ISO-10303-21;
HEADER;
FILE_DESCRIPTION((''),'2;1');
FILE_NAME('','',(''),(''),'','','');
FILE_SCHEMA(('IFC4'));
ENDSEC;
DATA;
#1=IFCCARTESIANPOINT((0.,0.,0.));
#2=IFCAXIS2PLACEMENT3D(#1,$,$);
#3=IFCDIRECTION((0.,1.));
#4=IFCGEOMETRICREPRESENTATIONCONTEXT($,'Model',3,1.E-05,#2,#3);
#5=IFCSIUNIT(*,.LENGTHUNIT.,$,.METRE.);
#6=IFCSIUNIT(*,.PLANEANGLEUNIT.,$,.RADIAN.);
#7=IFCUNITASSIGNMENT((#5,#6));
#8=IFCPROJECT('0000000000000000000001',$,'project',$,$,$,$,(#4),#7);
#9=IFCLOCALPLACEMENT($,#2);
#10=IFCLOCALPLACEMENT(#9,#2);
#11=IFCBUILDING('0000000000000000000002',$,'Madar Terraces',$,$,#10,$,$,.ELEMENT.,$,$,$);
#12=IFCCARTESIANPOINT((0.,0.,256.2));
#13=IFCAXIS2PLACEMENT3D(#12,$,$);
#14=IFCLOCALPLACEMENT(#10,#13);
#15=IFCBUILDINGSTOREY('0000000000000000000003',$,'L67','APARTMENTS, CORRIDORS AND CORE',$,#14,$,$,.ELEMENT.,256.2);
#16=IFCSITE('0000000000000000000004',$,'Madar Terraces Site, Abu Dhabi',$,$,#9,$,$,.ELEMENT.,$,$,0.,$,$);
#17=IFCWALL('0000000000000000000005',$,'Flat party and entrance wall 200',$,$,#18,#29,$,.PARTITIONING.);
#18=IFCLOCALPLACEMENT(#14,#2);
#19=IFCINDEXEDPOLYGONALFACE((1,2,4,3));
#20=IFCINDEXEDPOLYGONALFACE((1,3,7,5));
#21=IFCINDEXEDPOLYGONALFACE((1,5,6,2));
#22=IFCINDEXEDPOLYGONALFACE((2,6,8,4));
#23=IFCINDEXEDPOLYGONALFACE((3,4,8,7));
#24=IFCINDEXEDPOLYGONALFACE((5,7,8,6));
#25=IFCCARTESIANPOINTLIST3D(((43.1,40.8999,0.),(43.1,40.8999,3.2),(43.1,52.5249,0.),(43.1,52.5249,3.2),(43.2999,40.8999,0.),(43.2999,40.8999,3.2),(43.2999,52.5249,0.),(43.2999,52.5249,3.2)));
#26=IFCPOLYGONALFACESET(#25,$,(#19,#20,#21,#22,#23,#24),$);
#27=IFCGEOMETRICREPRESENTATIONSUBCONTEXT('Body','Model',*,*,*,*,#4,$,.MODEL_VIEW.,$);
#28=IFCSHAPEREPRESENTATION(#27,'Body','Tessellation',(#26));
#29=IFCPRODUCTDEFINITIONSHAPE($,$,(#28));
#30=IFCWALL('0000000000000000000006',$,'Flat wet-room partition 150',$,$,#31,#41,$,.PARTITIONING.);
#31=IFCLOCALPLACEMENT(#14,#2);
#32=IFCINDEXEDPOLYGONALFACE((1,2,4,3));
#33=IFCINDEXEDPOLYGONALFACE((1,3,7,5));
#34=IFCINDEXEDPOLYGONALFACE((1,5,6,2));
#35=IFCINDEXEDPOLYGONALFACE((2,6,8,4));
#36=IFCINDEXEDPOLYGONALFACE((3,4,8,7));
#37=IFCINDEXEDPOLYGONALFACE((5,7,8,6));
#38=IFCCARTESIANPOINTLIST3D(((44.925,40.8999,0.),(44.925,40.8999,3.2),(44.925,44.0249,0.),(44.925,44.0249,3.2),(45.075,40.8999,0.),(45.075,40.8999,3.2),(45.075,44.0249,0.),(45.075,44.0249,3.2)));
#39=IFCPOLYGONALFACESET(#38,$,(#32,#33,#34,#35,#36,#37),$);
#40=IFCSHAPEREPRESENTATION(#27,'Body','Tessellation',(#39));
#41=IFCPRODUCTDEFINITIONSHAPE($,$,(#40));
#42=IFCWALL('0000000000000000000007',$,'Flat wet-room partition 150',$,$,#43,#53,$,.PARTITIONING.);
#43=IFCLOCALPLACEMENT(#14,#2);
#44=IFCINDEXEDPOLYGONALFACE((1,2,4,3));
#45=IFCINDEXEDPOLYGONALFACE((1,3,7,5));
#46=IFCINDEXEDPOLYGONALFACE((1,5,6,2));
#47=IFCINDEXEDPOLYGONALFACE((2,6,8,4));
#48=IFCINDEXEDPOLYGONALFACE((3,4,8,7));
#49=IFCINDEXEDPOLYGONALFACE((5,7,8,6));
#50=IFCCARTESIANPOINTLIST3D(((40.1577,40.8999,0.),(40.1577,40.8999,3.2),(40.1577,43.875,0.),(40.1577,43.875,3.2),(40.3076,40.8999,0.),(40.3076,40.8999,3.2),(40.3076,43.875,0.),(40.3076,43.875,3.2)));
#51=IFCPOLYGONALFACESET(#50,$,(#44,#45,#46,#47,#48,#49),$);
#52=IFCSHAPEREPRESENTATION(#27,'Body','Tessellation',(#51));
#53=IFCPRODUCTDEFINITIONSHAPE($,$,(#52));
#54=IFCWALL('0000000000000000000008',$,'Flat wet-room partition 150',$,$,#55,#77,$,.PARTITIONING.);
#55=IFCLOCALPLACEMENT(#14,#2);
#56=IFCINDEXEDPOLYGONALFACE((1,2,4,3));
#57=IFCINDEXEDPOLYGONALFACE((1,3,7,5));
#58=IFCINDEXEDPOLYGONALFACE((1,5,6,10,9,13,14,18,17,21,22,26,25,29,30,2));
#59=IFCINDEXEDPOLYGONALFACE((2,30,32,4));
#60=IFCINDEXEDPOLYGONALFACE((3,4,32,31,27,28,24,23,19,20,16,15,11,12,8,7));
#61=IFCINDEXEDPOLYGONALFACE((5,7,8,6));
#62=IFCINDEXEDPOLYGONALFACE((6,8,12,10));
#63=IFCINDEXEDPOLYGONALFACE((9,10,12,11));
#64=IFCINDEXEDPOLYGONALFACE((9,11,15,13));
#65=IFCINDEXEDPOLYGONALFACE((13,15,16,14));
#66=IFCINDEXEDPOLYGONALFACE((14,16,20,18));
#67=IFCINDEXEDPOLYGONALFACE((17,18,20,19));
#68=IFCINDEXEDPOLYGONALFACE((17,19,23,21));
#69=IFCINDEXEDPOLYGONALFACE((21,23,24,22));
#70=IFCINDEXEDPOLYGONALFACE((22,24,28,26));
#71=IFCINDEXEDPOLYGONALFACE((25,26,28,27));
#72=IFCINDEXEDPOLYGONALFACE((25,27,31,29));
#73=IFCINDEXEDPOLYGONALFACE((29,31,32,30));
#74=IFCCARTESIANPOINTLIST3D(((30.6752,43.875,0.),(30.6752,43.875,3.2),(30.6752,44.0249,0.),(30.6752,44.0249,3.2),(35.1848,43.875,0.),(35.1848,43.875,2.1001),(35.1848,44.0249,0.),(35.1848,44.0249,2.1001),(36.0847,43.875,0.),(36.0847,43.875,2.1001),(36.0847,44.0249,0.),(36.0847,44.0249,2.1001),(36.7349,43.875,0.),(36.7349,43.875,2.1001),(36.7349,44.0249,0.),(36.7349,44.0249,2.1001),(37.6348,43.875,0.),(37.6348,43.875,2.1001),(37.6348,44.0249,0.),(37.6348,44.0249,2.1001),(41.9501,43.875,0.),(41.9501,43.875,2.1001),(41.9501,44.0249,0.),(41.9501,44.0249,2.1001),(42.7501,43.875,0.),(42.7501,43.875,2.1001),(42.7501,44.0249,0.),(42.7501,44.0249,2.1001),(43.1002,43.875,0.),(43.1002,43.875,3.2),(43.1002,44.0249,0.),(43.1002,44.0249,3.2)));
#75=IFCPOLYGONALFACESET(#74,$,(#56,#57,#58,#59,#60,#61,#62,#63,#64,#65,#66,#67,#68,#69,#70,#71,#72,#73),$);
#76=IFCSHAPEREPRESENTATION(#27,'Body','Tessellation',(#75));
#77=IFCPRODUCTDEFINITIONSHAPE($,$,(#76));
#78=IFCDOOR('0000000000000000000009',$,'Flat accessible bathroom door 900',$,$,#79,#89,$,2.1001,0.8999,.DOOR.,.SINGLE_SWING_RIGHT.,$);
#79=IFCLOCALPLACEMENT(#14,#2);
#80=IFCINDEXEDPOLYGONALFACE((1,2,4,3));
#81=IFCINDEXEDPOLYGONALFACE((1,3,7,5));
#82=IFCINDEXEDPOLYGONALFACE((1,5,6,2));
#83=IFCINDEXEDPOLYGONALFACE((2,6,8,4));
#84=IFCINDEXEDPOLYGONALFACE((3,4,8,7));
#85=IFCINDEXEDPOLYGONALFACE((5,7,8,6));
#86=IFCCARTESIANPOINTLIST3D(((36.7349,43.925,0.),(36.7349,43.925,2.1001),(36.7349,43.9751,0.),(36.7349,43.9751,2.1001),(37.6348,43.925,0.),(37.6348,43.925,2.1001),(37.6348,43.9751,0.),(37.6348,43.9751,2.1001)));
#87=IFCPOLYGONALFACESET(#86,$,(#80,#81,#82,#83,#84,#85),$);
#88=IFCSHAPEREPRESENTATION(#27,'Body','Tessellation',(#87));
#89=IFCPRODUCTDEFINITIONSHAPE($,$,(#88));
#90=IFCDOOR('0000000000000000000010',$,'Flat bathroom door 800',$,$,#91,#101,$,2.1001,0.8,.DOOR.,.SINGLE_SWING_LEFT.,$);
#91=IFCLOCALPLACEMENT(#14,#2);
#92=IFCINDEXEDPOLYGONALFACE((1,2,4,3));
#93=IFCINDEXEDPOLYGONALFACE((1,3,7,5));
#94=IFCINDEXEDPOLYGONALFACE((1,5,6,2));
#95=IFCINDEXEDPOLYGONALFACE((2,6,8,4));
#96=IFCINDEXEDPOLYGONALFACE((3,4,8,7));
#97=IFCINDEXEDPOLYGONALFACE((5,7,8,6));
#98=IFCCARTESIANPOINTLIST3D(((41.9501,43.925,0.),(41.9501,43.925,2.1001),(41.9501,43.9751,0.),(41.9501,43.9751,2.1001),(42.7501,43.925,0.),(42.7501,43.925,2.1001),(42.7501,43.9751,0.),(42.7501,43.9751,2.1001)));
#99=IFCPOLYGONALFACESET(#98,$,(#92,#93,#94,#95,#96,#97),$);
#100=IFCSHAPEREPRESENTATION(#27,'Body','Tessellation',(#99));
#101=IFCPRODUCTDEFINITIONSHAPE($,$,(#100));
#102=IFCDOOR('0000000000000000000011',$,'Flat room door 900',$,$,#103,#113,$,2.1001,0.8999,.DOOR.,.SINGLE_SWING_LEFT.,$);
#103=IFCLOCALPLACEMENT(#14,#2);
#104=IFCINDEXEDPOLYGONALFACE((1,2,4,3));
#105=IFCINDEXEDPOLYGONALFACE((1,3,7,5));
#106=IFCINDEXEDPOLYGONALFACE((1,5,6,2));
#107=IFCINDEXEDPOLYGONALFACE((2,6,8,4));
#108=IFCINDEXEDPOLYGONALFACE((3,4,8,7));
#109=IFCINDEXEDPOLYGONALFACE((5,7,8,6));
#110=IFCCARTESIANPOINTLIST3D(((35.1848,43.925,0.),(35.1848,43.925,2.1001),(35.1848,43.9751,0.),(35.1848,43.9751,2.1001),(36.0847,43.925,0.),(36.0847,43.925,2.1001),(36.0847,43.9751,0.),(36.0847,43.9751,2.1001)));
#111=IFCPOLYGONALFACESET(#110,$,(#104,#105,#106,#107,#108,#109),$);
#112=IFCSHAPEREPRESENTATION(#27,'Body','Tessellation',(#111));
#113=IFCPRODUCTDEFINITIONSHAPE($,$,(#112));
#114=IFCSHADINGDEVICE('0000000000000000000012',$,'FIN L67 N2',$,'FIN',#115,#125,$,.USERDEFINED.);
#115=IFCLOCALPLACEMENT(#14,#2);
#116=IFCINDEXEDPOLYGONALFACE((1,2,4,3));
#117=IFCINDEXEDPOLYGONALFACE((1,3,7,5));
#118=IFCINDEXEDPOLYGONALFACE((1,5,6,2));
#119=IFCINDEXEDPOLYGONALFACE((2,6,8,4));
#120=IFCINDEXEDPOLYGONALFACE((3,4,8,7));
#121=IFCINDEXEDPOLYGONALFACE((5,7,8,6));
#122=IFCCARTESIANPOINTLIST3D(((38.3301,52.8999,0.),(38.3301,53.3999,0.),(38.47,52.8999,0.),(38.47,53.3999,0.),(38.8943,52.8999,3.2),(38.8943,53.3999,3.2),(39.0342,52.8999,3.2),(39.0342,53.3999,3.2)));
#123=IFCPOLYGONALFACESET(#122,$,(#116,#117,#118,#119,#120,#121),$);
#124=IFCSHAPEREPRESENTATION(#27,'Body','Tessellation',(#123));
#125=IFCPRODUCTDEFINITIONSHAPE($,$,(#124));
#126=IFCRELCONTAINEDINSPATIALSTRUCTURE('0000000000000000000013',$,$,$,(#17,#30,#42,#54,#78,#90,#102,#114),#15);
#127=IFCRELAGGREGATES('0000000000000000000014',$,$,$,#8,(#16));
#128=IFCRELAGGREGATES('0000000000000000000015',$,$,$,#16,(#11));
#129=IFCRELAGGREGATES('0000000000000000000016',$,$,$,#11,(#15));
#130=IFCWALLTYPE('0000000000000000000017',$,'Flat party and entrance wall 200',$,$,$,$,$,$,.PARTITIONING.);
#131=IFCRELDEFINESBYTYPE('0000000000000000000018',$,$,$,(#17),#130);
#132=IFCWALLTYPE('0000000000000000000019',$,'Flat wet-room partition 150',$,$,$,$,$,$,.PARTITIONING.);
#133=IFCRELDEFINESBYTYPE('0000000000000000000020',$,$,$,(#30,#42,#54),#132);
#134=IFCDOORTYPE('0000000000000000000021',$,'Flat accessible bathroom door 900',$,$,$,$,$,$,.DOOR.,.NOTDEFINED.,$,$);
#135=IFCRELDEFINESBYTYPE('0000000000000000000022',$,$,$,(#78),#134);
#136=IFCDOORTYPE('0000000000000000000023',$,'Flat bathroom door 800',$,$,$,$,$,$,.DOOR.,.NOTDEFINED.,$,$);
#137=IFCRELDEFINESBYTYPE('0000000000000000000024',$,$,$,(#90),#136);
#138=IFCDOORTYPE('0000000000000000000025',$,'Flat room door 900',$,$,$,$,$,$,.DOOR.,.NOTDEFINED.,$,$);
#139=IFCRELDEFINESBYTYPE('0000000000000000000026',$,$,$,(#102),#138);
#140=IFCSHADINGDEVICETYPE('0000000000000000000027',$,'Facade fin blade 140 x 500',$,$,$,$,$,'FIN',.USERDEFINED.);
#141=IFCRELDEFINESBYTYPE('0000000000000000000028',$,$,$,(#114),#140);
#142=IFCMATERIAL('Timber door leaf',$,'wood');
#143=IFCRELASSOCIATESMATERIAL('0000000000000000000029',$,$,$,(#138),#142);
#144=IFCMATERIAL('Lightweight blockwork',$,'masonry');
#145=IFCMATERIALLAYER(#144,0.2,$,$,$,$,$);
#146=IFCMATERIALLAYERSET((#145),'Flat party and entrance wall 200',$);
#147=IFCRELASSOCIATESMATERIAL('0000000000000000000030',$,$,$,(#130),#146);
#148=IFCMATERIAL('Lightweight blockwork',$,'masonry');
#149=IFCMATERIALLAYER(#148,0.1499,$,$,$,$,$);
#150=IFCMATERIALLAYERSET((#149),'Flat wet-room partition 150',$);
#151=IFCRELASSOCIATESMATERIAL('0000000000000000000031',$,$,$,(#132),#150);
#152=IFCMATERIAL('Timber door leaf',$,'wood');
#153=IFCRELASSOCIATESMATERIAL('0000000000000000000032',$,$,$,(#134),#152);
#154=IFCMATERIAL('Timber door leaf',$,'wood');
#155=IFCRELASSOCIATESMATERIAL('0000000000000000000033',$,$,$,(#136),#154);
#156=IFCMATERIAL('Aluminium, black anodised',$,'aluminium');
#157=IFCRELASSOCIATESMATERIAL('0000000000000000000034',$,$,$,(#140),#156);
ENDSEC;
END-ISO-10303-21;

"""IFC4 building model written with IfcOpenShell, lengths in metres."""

from ifc_helpers import new_model, si_unit, direction, frame, frame_2d, origin, place, context, subcontext, project, spatial, polyline, rectangle, outline, extrude, material, layer, layer_set, type_object, element, fill, save


model = new_model("IFC4")

# Units and contexts
model_context = context("Model", 3, precision=1e-05, world=origin(), true_north=direction((0.0, 1.0)))
body_context = subcontext(model_context, "Body", "Model", "MODEL_VIEW")
ifc_project = project(units=[si_unit("LENGTHUNIT", "METRE"), si_unit("PLANEANGLEUNIT", "RADIAN")], contexts=[model_context])

# Site, building, storey
site_placement = place(None, origin())
site = spatial("IfcSite", under=ifc_project, at=site_placement, Name="Madar Terraces Site, Abu Dhabi", CompositionType="ELEMENT", RefElevation=0.0)
building_placement = place(site_placement, origin())
building = spatial("IfcBuilding", under=site, at=building_placement, Name="Madar Terraces", CompositionType="ELEMENT")
storey_placement = place(building_placement, frame((0.0, 0.0, 256.2)))
storey = spatial("IfcBuildingStorey", under=building, at=storey_placement, Name="L67", Description="APARTMENTS, CORRIDORS AND CORE", CompositionType="ELEMENT", Elevation=256.2)

# Shared definitions
ifc_material_1 = material(Name="Timber door leaf", Category="wood")
door_type_1 = type_object("IfcDoorType", Name="Flat room door 900", OperationType="NOTDEFINED", PredefinedType="DOOR", material=ifc_material_1)

# Walls
ifc_material_2 = material(Name="Lightweight blockwork", Category="masonry")
ifc_layer_1 = layer(ifc_material_2, 0.2)
ifc_layer_set_1 = layer_set([ifc_layer_1], Name="Flat party and entrance wall 200")
wall_type_1 = type_object("IfcWallType", Name="Flat party and entrance wall 200", PredefinedType="PARTITIONING", material=ifc_layer_set_1)
wall_1_placement = place(storey_placement, frame((43.2, 52.5249, 0.0), z_axis=(0.0, 0.0, 1.0), x_axis=(0.0, -1.0, 0.0)))
element("IfcWall", 1, at=wall_1_placement, inside=storey, type_object=wall_type_1, Name="Flat party and entrance wall 200", PredefinedType="PARTITIONING", context=body_context, shape_type="SweptSolid", body=[
    extrude(rectangle(XDim=11.625, YDim=0.2, at=frame_2d((5.8125, 0.0))), origin(), (0.0, 0.0, 1.0), 3.2),
])
ifc_material_3 = material(Name="Lightweight blockwork", Category="masonry")
ifc_layer_2 = layer(ifc_material_3, 0.1499)
ifc_layer_set_2 = layer_set([ifc_layer_2], Name="Flat wet-room partition 150")
wall_type_2 = type_object("IfcWallType", Name="Flat wet-room partition 150", PredefinedType="PARTITIONING", material=ifc_layer_set_2)
wall_2_placement = place(storey_placement, frame((45.0, 40.8999, 0.0), z_axis=(0.0, 0.0, 1.0), x_axis=(0.0, 1.0, 0.0)))
element("IfcWall", 2, at=wall_2_placement, inside=storey, type_object=wall_type_2, Name="Flat wet-room partition 150", PredefinedType="PARTITIONING", context=body_context, shape_type="SweptSolid", body=[
    extrude(rectangle(XDim=3.125, YDim=0.1499, at=frame_2d((1.5625, 0.0))), origin(), (0.0, 0.0, 1.0), 3.2),
])
wall_3_placement = place(storey_placement, frame((40.2327, 40.8999, 0.0), z_axis=(0.0, 0.0, 1.0), x_axis=(0.0, 1.0, 0.0)))
element("IfcWall", 3, at=wall_3_placement, inside=storey, type_object=wall_type_2, Name="Flat wet-room partition 150", PredefinedType="PARTITIONING", context=body_context, shape_type="SweptSolid", body=[
    extrude(rectangle(XDim=2.9751, YDim=0.1499, at=frame_2d((1.4875, 0.0))), origin(), (0.0, 0.0, 1.0), 3.2),
])

# Wall, openings, doors
wall_4_placement = place(storey_placement, frame((43.1001, 43.95, 0.0), z_axis=(0.0, 0.0, 1.0), x_axis=(-1.0, 0.0, 0.0)))
wall_4 = element("IfcWall", 4, at=wall_4_placement, inside=storey, type_object=wall_type_2, Name="Flat wet-room partition 150", PredefinedType="PARTITIONING", context=body_context, shape_type="SweptSolid", body=[
    extrude(rectangle(XDim=12.425, YDim=0.1499, at=frame_2d((6.2124, 0.0))), origin(), (0.0, 0.0, 1.0), 3.2),
])
opening_1_placement = place(wall_4_placement, frame((7.0154, 0.0, 0.0)))
opening_1 = element("IfcOpeningElement", 5, at=opening_1_placement, cuts=wall_4, PredefinedType="OPENING", context=body_context, shape_type="SweptSolid", body=[
    extrude(rectangle(XDim=0.8999, YDim=2.1001, at=frame_2d((0.45, 1.05))), frame((0.0, 0.085, 0.0), z_axis=(0.0, -1.0, 0.0), x_axis=(1.0, 0.0, 0.0)), (0.0, 0.0, 1.0), 0.1699),
])
opening_2_placement = place(wall_4_placement, frame((5.4653, 0.0, 0.0)))
opening_2 = element("IfcOpeningElement", 6, at=opening_2_placement, cuts=wall_4, PredefinedType="OPENING", context=body_context, shape_type="SweptSolid", body=[
    extrude(rectangle(XDim=0.8999, YDim=2.1001, at=frame_2d((0.45, 1.05))), frame((0.0, 0.085, 0.0), z_axis=(0.0, -1.0, 0.0), x_axis=(1.0, 0.0, 0.0)), (0.0, 0.0, 1.0), 0.1699),
])
opening_3_placement = place(wall_4_placement, frame((0.3501, 0.0, 0.0)))
opening_3 = element("IfcOpeningElement", 7, at=opening_3_placement, cuts=wall_4, PredefinedType="OPENING", context=body_context, shape_type="SweptSolid", body=[
    extrude(rectangle(XDim=0.8, YDim=2.1001, at=frame_2d((0.3999, 1.05))), frame((0.0, 0.085, 0.0), z_axis=(0.0, -1.0, 0.0), x_axis=(1.0, 0.0, 0.0)), (0.0, 0.0, 1.0), 0.1699),
])
ifc_material_4 = material(Name="Timber door leaf", Category="wood")
door_type_2 = type_object("IfcDoorType", Name="Flat accessible bathroom door 900", OperationType="NOTDEFINED", PredefinedType="DOOR", material=ifc_material_4)
door_1_placement = place(opening_2_placement, origin())
door_1 = element("IfcDoor", 8, at=door_1_placement, inside=storey, type_object=door_type_2, Name="Flat accessible bathroom door 900", OperationType="SINGLE_SWING_RIGHT", OverallHeight=2.1001, OverallWidth=0.8999, PredefinedType="DOOR", context=body_context, shape_type="SweptSolid", body=[
    extrude(rectangle(XDim=0.8999, YDim=2.1001, at=frame_2d((0.45, 1.05))), frame((0.0, 0.0249, 0.0), z_axis=(0.0, -1.0, 0.0), x_axis=(1.0, 0.0, 0.0)), (0.0, 0.0, 1.0), 0.05),
])
fill(opening_2, door_1)
ifc_material_5 = material(Name="Timber door leaf", Category="wood")
door_type_3 = type_object("IfcDoorType", Name="Flat bathroom door 800", OperationType="NOTDEFINED", PredefinedType="DOOR", material=ifc_material_5)
door_2_placement = place(opening_3_placement, origin())
door_2 = element("IfcDoor", 9, at=door_2_placement, inside=storey, type_object=door_type_3, Name="Flat bathroom door 800", OperationType="SINGLE_SWING_LEFT", OverallHeight=2.1001, OverallWidth=0.8, PredefinedType="DOOR", context=body_context, shape_type="SweptSolid", body=[
    extrude(rectangle(XDim=0.8, YDim=2.1001, at=frame_2d((0.3999, 1.05))), frame((0.0, 0.0249, 0.0), z_axis=(0.0, -1.0, 0.0), x_axis=(1.0, 0.0, 0.0)), (0.0, 0.0, 1.0), 0.05),
])
fill(opening_3, door_2)
door_3_placement = place(opening_1_placement, origin())
door_3 = element("IfcDoor", 10, at=door_3_placement, inside=storey, type_object=door_type_1, Name="Flat room door 900", OperationType="SINGLE_SWING_LEFT", OverallHeight=2.1001, OverallWidth=0.8999, PredefinedType="DOOR", context=body_context, shape_type="SweptSolid", body=[
    extrude(rectangle(XDim=0.8999, YDim=2.1001, at=frame_2d((0.45, 1.05))), frame((0.0, 0.0249, 0.0), z_axis=(0.0, -1.0, 0.0), x_axis=(1.0, 0.0, 0.0)), (0.0, 0.0, 1.0), 0.05),
])
fill(opening_1, door_3)

# Shading device
ifc_material_6 = material(Name="Aluminium, black anodised", Category="aluminium")
shading_device_type = type_object("IfcShadingDeviceType", Name="Facade fin blade 140 x 500", ElementType="FIN", PredefinedType="USERDEFINED", material=ifc_material_6)
shading_device_placement = place(storey_placement, frame((38.47, 53.1499, 0.0), z_axis=(0.0, 0.0, 1.0), x_axis=(-1.0, 0.0, 0.0)))
element("IfcShadingDevice", 11, at=shading_device_placement, inside=storey, type_object=shading_device_type, Name="FIN L67 N2", ObjectType="FIN", PredefinedType="USERDEFINED", context=body_context, shape_type="SweptSolid", body=[
    extrude(outline(polyline([(0.0, 0.0), (0.1399, 0.0), (-0.4243, 3.2), (-0.5642, 3.2), (0.0, 0.0)])), frame((0.0, 0.25, 0.0), z_axis=(0.0, -1.0, 0.0), x_axis=(1.0, 0.0, 0.0)), (0.0, 0.0, 1.0), 0.5),
])

save(model, "model.ifc")
